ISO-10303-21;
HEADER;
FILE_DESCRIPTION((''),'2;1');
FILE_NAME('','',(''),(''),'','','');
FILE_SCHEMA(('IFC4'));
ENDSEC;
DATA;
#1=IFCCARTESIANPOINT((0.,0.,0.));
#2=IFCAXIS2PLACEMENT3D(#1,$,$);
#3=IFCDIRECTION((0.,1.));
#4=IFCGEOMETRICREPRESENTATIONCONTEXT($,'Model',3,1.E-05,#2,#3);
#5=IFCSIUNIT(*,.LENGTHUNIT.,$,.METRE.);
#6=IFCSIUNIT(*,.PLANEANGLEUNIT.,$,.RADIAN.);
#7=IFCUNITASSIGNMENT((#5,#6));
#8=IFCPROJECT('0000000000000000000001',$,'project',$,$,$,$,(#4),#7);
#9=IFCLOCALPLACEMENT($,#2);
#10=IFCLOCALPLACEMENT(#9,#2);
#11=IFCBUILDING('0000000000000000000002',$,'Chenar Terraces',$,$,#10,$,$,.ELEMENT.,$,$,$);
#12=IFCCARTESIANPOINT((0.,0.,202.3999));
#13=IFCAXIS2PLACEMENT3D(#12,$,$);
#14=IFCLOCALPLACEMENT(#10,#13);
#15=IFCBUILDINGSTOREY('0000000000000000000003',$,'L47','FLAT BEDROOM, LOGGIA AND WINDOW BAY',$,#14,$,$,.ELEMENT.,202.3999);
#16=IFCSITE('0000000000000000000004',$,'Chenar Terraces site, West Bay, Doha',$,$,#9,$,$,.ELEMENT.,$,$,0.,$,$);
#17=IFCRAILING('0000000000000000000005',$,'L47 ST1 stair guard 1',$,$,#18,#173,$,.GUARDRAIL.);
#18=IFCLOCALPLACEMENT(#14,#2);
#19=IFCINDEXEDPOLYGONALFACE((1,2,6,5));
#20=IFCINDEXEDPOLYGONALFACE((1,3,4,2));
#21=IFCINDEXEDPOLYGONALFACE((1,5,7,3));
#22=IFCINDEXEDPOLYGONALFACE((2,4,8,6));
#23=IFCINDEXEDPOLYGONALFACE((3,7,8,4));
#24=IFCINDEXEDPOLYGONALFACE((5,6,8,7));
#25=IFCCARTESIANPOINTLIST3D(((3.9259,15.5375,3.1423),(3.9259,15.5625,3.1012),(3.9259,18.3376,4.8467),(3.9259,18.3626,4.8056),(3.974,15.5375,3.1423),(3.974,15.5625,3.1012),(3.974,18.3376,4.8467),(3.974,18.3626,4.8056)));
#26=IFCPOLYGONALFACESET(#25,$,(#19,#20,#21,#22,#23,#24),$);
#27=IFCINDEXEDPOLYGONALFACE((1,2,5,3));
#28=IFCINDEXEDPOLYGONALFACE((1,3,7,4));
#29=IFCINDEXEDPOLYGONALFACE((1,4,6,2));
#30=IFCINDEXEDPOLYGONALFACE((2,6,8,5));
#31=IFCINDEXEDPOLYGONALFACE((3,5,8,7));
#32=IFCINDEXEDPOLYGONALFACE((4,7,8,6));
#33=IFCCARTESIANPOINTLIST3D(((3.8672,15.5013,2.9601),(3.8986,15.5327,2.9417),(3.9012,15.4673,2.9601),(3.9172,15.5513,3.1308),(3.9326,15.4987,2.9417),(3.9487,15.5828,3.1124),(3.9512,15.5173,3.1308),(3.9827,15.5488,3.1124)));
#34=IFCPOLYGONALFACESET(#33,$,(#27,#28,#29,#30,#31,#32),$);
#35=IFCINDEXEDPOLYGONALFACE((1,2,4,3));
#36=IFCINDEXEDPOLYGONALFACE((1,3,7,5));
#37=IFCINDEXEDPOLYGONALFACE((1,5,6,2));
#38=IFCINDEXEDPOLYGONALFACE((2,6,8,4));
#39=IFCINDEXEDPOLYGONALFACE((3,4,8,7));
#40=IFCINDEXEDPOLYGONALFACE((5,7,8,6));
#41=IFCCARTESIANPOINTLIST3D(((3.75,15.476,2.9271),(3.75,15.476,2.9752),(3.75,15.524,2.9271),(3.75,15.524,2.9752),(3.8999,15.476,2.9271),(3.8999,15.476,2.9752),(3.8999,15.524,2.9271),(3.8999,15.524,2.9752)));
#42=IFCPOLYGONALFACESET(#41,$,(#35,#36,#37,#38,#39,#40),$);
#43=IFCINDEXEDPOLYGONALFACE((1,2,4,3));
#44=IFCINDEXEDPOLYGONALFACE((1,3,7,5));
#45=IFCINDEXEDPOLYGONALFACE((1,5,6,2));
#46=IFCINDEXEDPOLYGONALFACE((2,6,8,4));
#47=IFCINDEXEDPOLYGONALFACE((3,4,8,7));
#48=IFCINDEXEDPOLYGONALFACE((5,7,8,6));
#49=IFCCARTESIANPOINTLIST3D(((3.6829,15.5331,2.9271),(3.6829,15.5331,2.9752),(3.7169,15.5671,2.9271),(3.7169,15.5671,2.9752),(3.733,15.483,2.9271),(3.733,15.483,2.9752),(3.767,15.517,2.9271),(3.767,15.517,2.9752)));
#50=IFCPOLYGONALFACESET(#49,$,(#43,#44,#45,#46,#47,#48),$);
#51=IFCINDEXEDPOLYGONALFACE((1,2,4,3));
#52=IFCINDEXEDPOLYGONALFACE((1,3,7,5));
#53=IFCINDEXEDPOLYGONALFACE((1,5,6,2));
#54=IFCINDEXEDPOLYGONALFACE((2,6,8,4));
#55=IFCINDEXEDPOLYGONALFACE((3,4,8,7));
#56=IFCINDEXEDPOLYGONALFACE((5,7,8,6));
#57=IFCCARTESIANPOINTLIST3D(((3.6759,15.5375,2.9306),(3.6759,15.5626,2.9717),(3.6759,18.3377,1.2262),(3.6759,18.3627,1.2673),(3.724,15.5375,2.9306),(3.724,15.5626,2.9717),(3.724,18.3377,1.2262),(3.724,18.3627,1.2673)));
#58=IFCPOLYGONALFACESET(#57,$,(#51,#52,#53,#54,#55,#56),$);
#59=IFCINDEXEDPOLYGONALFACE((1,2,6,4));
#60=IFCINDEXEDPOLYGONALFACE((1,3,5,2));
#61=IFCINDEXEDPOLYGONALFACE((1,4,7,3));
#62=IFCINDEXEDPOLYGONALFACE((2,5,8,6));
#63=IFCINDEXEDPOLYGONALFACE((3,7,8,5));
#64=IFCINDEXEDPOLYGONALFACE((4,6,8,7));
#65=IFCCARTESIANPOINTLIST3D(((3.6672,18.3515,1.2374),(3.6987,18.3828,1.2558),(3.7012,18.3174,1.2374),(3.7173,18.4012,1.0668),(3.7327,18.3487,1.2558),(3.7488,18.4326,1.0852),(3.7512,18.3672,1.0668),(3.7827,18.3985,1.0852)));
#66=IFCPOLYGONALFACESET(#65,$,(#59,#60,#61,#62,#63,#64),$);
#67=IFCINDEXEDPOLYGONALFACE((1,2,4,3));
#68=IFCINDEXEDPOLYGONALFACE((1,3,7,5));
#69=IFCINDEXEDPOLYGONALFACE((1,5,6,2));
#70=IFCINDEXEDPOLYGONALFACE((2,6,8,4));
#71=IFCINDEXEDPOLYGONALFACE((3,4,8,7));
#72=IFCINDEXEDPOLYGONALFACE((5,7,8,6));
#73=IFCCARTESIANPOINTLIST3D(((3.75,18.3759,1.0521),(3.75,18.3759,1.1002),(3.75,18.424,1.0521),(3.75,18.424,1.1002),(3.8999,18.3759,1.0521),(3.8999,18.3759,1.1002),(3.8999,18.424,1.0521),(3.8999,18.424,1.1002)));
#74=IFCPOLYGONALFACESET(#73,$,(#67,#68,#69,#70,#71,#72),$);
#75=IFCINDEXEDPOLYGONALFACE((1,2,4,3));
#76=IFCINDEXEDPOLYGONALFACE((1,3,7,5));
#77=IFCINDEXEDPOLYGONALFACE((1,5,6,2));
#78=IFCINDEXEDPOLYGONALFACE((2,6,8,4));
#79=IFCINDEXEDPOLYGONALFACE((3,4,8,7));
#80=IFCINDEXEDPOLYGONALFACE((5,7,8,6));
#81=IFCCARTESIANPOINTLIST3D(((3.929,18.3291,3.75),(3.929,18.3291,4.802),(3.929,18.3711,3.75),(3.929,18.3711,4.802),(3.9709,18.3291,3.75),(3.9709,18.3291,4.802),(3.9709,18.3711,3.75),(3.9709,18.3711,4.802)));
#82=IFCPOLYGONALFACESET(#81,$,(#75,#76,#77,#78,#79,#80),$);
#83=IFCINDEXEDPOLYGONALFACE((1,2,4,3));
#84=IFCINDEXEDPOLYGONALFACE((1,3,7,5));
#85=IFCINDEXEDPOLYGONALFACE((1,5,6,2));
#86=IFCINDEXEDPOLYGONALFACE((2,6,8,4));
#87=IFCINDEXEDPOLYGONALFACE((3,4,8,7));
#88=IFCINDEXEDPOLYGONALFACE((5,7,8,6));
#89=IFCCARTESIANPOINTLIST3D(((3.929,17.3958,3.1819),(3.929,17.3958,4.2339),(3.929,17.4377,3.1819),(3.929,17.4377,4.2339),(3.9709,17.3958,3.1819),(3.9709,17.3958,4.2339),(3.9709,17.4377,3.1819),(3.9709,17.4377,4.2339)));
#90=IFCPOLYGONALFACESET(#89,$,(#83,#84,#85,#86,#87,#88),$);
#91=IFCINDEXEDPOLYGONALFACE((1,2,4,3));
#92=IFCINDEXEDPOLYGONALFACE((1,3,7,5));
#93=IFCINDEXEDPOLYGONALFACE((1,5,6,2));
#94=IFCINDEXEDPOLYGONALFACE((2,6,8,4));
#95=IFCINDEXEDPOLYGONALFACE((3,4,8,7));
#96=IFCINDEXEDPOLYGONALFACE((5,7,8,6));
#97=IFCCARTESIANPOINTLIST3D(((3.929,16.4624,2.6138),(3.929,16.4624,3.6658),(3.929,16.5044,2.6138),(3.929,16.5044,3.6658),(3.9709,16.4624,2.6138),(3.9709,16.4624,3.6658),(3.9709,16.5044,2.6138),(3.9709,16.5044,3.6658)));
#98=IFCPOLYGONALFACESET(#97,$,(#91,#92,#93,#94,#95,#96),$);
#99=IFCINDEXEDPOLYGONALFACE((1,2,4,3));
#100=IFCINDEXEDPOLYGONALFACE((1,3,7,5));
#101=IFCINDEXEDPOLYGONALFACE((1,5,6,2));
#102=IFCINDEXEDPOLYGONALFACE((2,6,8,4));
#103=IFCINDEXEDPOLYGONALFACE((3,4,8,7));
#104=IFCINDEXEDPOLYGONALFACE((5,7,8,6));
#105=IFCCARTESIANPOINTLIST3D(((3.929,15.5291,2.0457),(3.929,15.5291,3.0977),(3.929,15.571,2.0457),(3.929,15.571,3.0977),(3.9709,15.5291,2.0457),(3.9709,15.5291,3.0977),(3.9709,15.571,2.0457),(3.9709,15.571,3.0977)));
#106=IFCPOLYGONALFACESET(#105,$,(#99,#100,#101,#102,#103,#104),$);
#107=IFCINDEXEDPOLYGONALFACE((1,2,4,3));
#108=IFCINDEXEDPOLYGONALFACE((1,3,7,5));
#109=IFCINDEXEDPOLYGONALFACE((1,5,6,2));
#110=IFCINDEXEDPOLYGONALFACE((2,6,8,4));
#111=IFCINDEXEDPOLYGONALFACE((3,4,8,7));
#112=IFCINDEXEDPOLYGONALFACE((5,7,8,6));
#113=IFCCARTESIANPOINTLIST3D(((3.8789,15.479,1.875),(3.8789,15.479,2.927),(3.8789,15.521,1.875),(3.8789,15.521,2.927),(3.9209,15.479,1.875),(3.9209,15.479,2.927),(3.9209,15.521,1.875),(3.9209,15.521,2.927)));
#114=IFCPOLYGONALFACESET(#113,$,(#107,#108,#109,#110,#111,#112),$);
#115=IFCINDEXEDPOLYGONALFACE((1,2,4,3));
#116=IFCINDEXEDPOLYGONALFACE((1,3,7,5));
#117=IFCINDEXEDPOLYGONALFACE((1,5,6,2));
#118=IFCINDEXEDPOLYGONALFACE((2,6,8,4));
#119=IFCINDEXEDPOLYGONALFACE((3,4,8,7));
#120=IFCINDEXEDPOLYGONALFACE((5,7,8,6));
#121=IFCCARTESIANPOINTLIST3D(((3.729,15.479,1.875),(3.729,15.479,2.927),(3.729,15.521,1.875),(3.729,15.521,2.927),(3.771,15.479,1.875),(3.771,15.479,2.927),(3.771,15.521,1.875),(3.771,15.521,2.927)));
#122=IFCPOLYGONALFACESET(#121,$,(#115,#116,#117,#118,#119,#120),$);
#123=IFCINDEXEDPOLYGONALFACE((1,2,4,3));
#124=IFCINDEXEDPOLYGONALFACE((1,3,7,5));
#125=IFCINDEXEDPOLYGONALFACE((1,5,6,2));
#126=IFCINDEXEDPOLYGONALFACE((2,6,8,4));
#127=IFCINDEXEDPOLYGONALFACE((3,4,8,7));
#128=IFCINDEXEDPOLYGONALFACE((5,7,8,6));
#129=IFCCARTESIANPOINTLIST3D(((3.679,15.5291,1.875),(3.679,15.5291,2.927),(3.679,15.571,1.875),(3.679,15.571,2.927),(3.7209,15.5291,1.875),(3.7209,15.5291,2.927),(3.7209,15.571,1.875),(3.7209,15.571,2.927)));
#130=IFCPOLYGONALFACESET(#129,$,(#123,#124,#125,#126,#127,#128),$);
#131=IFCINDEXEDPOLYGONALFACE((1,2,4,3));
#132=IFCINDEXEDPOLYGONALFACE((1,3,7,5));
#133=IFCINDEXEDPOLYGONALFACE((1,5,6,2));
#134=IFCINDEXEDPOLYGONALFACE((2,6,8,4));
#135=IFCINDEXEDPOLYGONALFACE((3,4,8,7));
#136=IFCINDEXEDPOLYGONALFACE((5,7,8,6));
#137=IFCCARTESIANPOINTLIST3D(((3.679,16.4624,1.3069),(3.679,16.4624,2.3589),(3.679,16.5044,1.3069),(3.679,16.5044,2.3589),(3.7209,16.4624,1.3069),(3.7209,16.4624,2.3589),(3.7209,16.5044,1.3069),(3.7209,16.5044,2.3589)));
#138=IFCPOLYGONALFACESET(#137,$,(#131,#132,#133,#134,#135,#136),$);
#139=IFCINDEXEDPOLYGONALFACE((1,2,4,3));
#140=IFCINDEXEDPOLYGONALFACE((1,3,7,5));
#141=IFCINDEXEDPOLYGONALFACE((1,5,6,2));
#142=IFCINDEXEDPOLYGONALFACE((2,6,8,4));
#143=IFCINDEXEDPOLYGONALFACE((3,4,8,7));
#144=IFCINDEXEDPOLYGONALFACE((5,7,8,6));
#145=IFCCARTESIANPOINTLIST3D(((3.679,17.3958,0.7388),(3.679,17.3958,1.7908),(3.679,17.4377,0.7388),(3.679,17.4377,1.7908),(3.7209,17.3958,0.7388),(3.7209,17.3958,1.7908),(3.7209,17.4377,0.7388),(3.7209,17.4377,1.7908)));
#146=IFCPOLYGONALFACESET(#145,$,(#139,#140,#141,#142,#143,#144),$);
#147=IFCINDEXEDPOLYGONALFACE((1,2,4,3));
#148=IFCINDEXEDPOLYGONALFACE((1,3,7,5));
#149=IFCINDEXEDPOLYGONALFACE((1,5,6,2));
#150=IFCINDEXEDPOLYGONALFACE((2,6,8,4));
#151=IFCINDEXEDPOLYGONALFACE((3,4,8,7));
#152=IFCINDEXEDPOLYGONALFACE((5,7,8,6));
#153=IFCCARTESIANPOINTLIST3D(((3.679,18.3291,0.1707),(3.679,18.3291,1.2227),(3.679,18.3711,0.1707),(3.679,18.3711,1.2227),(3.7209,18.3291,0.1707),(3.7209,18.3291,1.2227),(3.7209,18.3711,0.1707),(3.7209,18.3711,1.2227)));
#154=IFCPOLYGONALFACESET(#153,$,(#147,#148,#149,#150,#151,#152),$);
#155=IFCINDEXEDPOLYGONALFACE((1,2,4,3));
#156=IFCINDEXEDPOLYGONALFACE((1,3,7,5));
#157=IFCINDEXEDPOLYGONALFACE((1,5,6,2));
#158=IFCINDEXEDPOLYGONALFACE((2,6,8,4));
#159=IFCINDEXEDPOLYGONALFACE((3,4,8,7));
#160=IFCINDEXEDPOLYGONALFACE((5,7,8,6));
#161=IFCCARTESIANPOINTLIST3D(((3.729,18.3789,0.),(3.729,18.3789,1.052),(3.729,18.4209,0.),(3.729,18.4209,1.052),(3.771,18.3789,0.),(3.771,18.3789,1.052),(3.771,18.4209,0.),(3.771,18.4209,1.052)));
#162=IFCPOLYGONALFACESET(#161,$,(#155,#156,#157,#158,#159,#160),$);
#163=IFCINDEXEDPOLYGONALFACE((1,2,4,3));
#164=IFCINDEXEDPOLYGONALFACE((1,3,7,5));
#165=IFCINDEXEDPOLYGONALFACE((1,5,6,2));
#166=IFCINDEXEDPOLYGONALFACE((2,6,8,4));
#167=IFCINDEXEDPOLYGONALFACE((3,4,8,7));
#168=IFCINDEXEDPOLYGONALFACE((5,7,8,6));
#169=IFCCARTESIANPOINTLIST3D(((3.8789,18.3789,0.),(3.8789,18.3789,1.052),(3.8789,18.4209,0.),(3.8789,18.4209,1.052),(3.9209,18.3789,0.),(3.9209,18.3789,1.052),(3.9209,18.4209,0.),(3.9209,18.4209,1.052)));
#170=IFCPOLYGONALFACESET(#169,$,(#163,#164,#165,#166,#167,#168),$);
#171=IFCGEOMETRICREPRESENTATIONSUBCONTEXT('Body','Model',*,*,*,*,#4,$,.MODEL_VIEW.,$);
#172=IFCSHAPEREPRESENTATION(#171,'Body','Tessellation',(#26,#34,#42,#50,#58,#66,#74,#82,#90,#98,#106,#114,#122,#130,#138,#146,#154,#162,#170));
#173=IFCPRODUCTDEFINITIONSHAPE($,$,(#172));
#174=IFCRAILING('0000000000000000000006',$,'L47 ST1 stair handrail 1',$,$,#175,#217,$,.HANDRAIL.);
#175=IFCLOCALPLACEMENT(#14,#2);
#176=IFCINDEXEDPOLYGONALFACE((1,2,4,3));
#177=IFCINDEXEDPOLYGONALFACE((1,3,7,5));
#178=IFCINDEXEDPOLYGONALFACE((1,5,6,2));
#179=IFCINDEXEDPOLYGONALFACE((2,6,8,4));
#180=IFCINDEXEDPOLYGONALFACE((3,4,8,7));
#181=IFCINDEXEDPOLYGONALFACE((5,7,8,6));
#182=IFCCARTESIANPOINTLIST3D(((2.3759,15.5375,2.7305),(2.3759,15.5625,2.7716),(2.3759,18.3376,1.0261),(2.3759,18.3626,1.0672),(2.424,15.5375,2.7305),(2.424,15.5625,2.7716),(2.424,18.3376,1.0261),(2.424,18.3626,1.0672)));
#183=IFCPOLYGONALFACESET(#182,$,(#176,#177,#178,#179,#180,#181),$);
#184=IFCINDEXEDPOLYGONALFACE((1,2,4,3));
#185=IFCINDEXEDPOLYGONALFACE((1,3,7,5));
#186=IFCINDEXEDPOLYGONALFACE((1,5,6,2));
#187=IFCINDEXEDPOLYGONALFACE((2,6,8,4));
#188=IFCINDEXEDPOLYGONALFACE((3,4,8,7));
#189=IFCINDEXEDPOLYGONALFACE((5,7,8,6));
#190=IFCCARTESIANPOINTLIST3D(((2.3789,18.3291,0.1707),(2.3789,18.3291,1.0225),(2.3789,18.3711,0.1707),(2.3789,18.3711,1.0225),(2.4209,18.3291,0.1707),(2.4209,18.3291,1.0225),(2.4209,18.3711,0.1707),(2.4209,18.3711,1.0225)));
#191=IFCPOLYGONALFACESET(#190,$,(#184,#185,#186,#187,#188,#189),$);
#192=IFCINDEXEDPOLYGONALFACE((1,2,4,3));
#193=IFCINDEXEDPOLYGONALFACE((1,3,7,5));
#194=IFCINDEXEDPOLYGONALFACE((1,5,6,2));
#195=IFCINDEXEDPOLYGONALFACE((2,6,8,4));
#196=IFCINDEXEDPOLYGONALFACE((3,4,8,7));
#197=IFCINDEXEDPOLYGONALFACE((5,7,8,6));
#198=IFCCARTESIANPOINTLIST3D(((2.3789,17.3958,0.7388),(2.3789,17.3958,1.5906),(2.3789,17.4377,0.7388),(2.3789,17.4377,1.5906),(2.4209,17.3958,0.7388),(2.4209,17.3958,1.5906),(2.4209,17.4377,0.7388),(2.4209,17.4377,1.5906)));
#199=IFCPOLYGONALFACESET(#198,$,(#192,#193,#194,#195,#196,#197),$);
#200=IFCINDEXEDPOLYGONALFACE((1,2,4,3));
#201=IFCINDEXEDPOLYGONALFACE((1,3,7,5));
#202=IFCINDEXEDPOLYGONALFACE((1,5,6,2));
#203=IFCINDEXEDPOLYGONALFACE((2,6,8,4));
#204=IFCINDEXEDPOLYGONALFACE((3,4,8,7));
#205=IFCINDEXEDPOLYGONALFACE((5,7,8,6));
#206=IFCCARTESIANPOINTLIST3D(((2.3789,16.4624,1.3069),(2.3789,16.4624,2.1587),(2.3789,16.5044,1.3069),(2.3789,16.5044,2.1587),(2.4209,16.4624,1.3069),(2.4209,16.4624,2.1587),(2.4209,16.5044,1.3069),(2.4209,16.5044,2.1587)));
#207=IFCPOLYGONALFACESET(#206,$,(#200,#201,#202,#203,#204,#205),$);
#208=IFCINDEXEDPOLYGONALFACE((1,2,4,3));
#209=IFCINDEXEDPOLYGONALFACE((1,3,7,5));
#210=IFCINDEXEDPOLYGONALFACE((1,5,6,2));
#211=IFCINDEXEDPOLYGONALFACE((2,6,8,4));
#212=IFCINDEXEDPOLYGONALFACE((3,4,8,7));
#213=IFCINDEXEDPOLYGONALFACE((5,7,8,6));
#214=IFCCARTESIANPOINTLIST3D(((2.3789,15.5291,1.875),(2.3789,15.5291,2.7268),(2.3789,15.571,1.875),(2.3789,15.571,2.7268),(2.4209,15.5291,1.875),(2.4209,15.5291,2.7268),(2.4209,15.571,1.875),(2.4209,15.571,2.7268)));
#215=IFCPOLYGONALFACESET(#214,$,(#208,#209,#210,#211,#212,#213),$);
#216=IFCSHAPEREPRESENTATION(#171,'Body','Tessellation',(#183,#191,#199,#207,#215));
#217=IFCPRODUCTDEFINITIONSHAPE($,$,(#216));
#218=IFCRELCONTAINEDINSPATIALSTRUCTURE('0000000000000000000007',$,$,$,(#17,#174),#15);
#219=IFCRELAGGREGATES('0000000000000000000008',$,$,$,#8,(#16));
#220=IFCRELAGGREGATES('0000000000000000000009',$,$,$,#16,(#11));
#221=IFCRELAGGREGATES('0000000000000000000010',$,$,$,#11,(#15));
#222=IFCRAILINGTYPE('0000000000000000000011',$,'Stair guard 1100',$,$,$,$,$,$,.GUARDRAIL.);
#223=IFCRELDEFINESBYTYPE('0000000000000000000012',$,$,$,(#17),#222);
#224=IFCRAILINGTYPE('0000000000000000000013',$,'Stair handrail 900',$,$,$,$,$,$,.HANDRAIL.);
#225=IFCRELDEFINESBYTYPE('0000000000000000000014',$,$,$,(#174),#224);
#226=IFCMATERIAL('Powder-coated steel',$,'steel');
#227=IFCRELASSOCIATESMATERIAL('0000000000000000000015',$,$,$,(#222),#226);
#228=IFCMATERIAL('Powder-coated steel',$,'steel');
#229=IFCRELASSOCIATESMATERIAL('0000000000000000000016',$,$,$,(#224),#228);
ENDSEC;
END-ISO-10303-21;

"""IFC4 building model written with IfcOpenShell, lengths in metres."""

from ifc_helpers import new_model, si_unit, direction, frame, origin, origin_2d, place, context, subcontext, project, spatial, rectangle, extrude, material, type_object, element, save


model = new_model("IFC4")

# Units and contexts
model_context = context("Model", 3, precision=1e-05, world=origin(), true_north=direction((0.0, 1.0)))
body_context = subcontext(model_context, "Body", "Model", "MODEL_VIEW")
ifc_project = project(units=[si_unit("LENGTHUNIT", "METRE"), si_unit("PLANEANGLEUNIT", "RADIAN")], contexts=[model_context])

# Site, building, storey
site_placement = place(None, origin())
site = spatial("IfcSite", under=ifc_project, at=site_placement, Name="Chenar Terraces site, West Bay, Doha", CompositionType="ELEMENT", RefElevation=0.0)
building_placement = place(site_placement, origin())
building = spatial("IfcBuilding", under=site, at=building_placement, Name="Chenar Terraces", CompositionType="ELEMENT")
storey_placement = place(building_placement, frame((0.0, 0.0, 202.3999)))
storey = spatial("IfcBuildingStorey", under=building, at=storey_placement, Name="L47", Description="FLAT BEDROOM, LOGGIA AND WINDOW BAY", CompositionType="ELEMENT", Elevation=202.3999)

# Railings
ifc_material_1 = material(Name="Powder-coated steel", Category="steel")
railing_type_1 = type_object("IfcRailingType", Name="Stair guard 1100", PredefinedType="GUARDRAIL", material=ifc_material_1)
railing_1_placement = place(storey_placement, frame((3.95, 18.3501, 3.75)))
element("IfcRailing", 1, at=railing_1_placement, inside=storey, type_object=railing_type_1, Name="L47 ST1 stair guard 1", PredefinedType="GUARDRAIL", context=body_context, shape_type="SweptSolid", body=[
    extrude(rectangle(XDim=0.0481, YDim=0.0481, at=origin_2d()), frame((0.0, 0.0, 1.0762), z_axis=(0.0, -0.854203, -0.51994), x_axis=(1.0, 0.0, 0.0)), (0.0, 0.0, 1.0), 3.2781),
    extrude(rectangle(XDim=0.0481, YDim=0.0481, at=origin_2d()), frame((0.0, -2.8, -0.6284), z_axis=(-0.2709, -0.2709, -0.923703), x_axis=(0.707107, -0.707107, 0.0)), (0.0, 0.0, 1.0), 0.1848),
    extrude(rectangle(XDim=0.0481, YDim=0.0481, at=origin_2d()), frame((-0.05, -2.8501, -0.7988), z_axis=(-1.0, 0.0, 0.0), x_axis=(0.0, -1.0, 0.0)), (0.0, 0.0, 1.0), 0.1499),
    extrude(rectangle(XDim=0.0481, YDim=0.0481, at=origin_2d()), frame((-0.2, -2.8501, -0.7988), z_axis=(-0.707107, 0.707107, 0.0), x_axis=(-0.707107, -0.707107, 0.0)), (0.0, 0.0, 1.0), 0.0708),
    extrude(rectangle(XDim=0.0481, YDim=0.0481, at=origin_2d()), frame((-0.25, -2.8, -0.7988), z_axis=(0.0, 0.854203, -0.51994), x_axis=(-1.0, 0.0, 0.0)), (0.0, 0.0, 1.0), 3.2781),
    extrude(rectangle(XDim=0.0481, YDim=0.0481, at=origin_2d()), frame((-0.25, 0.0, -2.5034), z_axis=(0.270997, 0.269675, -0.924033), x_axis=(-0.705376, 0.708834, 0.0)), (0.0, 0.0, 1.0), 0.1846),
    extrude(rectangle(XDim=0.0481, YDim=0.0481, at=origin_2d()), frame((-0.2, 0.0498, -2.6738), z_axis=(1.0, 0.0, 0.0), x_axis=(0.0, 1.0, 0.0)), (0.0, 0.0, 1.0), 0.1499),
    extrude(rectangle(XDim=0.042, YDim=0.042, at=origin_2d()), origin(), (0.0, 0.0, 1.0), 1.052),
    extrude(rectangle(XDim=0.042, YDim=0.042, at=origin_2d()), frame((0.0, -0.9333, -0.5681)), (0.0, 0.0, 1.0), 1.052),
    extrude(rectangle(XDim=0.042, YDim=0.042, at=origin_2d()), frame((0.0, -1.8667, -1.1362)), (0.0, 0.0, 1.0), 1.052),
    extrude(rectangle(XDim=0.042, YDim=0.042, at=origin_2d()), frame((0.0, -2.8, -1.7043)), (0.0, 0.0, 1.0), 1.052),
    extrude(rectangle(XDim=0.042, YDim=0.042, at=origin_2d()), frame((-0.05, -2.8501, -1.875)), (0.0, 0.0, 1.0), 1.052),
    extrude(rectangle(XDim=0.042, YDim=0.042, at=origin_2d()), frame((-0.2, -2.8501, -1.875)), (0.0, 0.0, 1.0), 1.052),
    extrude(rectangle(XDim=0.042, YDim=0.042, at=origin_2d()), frame((-0.25, -2.8, -1.875)), (0.0, 0.0, 1.0), 1.052),
    extrude(rectangle(XDim=0.042, YDim=0.042, at=origin_2d()), frame((-0.25, -1.8667, -2.4431)), (0.0, 0.0, 1.0), 1.052),
    extrude(rectangle(XDim=0.042, YDim=0.042, at=origin_2d()), frame((-0.25, -0.9333, -3.0112)), (0.0, 0.0, 1.0), 1.052),
    extrude(rectangle(XDim=0.042, YDim=0.042, at=origin_2d()), frame((-0.25, 0.0, -3.5793)), (0.0, 0.0, 1.0), 1.052),
    extrude(rectangle(XDim=0.042, YDim=0.042, at=origin_2d()), frame((-0.2, 0.0498, -3.75)), (0.0, 0.0, 1.0), 1.052),
    extrude(rectangle(XDim=0.042, YDim=0.042, at=origin_2d()), frame((-0.05, 0.0498, -3.75)), (0.0, 0.0, 1.0), 1.052),
])
ifc_material_2 = material(Name="Powder-coated steel", Category="steel")
railing_type_2 = type_object("IfcRailingType", Name="Stair handrail 900", PredefinedType="HANDRAIL", material=ifc_material_2)
railing_2_placement = place(storey_placement, frame((2.3999, 18.3501, 0.1707)))
element("IfcRailing", 2, at=railing_2_placement, inside=storey, type_object=railing_type_2, Name="L47 ST1 stair handrail 1", PredefinedType="HANDRAIL", context=body_context, shape_type="SweptSolid", body=[
    extrude(rectangle(XDim=0.0481, YDim=0.0481, at=origin_2d()), frame((0.0, 0.0, 0.876), z_axis=(0.0, -0.854203, 0.51994), x_axis=(1.0, 0.0, 0.0)), (0.0, 0.0, 1.0), 3.2781),
    extrude(rectangle(XDim=0.042, YDim=0.042, at=origin_2d()), origin(), (0.0, 0.0, 1.0), 0.8518),
    extrude(rectangle(XDim=0.042, YDim=0.042, at=origin_2d()), frame((0.0, -0.9333, 0.5681)), (0.0, 0.0, 1.0), 0.8518),
    extrude(rectangle(XDim=0.042, YDim=0.042, at=origin_2d()), frame((0.0, -1.8667, 1.1362)), (0.0, 0.0, 1.0), 0.8518),
    extrude(rectangle(XDim=0.042, YDim=0.042, at=origin_2d()), frame((0.0, -2.8, 1.7043)), (0.0, 0.0, 1.0), 0.8518),
])

save(model, "model.ifc")
